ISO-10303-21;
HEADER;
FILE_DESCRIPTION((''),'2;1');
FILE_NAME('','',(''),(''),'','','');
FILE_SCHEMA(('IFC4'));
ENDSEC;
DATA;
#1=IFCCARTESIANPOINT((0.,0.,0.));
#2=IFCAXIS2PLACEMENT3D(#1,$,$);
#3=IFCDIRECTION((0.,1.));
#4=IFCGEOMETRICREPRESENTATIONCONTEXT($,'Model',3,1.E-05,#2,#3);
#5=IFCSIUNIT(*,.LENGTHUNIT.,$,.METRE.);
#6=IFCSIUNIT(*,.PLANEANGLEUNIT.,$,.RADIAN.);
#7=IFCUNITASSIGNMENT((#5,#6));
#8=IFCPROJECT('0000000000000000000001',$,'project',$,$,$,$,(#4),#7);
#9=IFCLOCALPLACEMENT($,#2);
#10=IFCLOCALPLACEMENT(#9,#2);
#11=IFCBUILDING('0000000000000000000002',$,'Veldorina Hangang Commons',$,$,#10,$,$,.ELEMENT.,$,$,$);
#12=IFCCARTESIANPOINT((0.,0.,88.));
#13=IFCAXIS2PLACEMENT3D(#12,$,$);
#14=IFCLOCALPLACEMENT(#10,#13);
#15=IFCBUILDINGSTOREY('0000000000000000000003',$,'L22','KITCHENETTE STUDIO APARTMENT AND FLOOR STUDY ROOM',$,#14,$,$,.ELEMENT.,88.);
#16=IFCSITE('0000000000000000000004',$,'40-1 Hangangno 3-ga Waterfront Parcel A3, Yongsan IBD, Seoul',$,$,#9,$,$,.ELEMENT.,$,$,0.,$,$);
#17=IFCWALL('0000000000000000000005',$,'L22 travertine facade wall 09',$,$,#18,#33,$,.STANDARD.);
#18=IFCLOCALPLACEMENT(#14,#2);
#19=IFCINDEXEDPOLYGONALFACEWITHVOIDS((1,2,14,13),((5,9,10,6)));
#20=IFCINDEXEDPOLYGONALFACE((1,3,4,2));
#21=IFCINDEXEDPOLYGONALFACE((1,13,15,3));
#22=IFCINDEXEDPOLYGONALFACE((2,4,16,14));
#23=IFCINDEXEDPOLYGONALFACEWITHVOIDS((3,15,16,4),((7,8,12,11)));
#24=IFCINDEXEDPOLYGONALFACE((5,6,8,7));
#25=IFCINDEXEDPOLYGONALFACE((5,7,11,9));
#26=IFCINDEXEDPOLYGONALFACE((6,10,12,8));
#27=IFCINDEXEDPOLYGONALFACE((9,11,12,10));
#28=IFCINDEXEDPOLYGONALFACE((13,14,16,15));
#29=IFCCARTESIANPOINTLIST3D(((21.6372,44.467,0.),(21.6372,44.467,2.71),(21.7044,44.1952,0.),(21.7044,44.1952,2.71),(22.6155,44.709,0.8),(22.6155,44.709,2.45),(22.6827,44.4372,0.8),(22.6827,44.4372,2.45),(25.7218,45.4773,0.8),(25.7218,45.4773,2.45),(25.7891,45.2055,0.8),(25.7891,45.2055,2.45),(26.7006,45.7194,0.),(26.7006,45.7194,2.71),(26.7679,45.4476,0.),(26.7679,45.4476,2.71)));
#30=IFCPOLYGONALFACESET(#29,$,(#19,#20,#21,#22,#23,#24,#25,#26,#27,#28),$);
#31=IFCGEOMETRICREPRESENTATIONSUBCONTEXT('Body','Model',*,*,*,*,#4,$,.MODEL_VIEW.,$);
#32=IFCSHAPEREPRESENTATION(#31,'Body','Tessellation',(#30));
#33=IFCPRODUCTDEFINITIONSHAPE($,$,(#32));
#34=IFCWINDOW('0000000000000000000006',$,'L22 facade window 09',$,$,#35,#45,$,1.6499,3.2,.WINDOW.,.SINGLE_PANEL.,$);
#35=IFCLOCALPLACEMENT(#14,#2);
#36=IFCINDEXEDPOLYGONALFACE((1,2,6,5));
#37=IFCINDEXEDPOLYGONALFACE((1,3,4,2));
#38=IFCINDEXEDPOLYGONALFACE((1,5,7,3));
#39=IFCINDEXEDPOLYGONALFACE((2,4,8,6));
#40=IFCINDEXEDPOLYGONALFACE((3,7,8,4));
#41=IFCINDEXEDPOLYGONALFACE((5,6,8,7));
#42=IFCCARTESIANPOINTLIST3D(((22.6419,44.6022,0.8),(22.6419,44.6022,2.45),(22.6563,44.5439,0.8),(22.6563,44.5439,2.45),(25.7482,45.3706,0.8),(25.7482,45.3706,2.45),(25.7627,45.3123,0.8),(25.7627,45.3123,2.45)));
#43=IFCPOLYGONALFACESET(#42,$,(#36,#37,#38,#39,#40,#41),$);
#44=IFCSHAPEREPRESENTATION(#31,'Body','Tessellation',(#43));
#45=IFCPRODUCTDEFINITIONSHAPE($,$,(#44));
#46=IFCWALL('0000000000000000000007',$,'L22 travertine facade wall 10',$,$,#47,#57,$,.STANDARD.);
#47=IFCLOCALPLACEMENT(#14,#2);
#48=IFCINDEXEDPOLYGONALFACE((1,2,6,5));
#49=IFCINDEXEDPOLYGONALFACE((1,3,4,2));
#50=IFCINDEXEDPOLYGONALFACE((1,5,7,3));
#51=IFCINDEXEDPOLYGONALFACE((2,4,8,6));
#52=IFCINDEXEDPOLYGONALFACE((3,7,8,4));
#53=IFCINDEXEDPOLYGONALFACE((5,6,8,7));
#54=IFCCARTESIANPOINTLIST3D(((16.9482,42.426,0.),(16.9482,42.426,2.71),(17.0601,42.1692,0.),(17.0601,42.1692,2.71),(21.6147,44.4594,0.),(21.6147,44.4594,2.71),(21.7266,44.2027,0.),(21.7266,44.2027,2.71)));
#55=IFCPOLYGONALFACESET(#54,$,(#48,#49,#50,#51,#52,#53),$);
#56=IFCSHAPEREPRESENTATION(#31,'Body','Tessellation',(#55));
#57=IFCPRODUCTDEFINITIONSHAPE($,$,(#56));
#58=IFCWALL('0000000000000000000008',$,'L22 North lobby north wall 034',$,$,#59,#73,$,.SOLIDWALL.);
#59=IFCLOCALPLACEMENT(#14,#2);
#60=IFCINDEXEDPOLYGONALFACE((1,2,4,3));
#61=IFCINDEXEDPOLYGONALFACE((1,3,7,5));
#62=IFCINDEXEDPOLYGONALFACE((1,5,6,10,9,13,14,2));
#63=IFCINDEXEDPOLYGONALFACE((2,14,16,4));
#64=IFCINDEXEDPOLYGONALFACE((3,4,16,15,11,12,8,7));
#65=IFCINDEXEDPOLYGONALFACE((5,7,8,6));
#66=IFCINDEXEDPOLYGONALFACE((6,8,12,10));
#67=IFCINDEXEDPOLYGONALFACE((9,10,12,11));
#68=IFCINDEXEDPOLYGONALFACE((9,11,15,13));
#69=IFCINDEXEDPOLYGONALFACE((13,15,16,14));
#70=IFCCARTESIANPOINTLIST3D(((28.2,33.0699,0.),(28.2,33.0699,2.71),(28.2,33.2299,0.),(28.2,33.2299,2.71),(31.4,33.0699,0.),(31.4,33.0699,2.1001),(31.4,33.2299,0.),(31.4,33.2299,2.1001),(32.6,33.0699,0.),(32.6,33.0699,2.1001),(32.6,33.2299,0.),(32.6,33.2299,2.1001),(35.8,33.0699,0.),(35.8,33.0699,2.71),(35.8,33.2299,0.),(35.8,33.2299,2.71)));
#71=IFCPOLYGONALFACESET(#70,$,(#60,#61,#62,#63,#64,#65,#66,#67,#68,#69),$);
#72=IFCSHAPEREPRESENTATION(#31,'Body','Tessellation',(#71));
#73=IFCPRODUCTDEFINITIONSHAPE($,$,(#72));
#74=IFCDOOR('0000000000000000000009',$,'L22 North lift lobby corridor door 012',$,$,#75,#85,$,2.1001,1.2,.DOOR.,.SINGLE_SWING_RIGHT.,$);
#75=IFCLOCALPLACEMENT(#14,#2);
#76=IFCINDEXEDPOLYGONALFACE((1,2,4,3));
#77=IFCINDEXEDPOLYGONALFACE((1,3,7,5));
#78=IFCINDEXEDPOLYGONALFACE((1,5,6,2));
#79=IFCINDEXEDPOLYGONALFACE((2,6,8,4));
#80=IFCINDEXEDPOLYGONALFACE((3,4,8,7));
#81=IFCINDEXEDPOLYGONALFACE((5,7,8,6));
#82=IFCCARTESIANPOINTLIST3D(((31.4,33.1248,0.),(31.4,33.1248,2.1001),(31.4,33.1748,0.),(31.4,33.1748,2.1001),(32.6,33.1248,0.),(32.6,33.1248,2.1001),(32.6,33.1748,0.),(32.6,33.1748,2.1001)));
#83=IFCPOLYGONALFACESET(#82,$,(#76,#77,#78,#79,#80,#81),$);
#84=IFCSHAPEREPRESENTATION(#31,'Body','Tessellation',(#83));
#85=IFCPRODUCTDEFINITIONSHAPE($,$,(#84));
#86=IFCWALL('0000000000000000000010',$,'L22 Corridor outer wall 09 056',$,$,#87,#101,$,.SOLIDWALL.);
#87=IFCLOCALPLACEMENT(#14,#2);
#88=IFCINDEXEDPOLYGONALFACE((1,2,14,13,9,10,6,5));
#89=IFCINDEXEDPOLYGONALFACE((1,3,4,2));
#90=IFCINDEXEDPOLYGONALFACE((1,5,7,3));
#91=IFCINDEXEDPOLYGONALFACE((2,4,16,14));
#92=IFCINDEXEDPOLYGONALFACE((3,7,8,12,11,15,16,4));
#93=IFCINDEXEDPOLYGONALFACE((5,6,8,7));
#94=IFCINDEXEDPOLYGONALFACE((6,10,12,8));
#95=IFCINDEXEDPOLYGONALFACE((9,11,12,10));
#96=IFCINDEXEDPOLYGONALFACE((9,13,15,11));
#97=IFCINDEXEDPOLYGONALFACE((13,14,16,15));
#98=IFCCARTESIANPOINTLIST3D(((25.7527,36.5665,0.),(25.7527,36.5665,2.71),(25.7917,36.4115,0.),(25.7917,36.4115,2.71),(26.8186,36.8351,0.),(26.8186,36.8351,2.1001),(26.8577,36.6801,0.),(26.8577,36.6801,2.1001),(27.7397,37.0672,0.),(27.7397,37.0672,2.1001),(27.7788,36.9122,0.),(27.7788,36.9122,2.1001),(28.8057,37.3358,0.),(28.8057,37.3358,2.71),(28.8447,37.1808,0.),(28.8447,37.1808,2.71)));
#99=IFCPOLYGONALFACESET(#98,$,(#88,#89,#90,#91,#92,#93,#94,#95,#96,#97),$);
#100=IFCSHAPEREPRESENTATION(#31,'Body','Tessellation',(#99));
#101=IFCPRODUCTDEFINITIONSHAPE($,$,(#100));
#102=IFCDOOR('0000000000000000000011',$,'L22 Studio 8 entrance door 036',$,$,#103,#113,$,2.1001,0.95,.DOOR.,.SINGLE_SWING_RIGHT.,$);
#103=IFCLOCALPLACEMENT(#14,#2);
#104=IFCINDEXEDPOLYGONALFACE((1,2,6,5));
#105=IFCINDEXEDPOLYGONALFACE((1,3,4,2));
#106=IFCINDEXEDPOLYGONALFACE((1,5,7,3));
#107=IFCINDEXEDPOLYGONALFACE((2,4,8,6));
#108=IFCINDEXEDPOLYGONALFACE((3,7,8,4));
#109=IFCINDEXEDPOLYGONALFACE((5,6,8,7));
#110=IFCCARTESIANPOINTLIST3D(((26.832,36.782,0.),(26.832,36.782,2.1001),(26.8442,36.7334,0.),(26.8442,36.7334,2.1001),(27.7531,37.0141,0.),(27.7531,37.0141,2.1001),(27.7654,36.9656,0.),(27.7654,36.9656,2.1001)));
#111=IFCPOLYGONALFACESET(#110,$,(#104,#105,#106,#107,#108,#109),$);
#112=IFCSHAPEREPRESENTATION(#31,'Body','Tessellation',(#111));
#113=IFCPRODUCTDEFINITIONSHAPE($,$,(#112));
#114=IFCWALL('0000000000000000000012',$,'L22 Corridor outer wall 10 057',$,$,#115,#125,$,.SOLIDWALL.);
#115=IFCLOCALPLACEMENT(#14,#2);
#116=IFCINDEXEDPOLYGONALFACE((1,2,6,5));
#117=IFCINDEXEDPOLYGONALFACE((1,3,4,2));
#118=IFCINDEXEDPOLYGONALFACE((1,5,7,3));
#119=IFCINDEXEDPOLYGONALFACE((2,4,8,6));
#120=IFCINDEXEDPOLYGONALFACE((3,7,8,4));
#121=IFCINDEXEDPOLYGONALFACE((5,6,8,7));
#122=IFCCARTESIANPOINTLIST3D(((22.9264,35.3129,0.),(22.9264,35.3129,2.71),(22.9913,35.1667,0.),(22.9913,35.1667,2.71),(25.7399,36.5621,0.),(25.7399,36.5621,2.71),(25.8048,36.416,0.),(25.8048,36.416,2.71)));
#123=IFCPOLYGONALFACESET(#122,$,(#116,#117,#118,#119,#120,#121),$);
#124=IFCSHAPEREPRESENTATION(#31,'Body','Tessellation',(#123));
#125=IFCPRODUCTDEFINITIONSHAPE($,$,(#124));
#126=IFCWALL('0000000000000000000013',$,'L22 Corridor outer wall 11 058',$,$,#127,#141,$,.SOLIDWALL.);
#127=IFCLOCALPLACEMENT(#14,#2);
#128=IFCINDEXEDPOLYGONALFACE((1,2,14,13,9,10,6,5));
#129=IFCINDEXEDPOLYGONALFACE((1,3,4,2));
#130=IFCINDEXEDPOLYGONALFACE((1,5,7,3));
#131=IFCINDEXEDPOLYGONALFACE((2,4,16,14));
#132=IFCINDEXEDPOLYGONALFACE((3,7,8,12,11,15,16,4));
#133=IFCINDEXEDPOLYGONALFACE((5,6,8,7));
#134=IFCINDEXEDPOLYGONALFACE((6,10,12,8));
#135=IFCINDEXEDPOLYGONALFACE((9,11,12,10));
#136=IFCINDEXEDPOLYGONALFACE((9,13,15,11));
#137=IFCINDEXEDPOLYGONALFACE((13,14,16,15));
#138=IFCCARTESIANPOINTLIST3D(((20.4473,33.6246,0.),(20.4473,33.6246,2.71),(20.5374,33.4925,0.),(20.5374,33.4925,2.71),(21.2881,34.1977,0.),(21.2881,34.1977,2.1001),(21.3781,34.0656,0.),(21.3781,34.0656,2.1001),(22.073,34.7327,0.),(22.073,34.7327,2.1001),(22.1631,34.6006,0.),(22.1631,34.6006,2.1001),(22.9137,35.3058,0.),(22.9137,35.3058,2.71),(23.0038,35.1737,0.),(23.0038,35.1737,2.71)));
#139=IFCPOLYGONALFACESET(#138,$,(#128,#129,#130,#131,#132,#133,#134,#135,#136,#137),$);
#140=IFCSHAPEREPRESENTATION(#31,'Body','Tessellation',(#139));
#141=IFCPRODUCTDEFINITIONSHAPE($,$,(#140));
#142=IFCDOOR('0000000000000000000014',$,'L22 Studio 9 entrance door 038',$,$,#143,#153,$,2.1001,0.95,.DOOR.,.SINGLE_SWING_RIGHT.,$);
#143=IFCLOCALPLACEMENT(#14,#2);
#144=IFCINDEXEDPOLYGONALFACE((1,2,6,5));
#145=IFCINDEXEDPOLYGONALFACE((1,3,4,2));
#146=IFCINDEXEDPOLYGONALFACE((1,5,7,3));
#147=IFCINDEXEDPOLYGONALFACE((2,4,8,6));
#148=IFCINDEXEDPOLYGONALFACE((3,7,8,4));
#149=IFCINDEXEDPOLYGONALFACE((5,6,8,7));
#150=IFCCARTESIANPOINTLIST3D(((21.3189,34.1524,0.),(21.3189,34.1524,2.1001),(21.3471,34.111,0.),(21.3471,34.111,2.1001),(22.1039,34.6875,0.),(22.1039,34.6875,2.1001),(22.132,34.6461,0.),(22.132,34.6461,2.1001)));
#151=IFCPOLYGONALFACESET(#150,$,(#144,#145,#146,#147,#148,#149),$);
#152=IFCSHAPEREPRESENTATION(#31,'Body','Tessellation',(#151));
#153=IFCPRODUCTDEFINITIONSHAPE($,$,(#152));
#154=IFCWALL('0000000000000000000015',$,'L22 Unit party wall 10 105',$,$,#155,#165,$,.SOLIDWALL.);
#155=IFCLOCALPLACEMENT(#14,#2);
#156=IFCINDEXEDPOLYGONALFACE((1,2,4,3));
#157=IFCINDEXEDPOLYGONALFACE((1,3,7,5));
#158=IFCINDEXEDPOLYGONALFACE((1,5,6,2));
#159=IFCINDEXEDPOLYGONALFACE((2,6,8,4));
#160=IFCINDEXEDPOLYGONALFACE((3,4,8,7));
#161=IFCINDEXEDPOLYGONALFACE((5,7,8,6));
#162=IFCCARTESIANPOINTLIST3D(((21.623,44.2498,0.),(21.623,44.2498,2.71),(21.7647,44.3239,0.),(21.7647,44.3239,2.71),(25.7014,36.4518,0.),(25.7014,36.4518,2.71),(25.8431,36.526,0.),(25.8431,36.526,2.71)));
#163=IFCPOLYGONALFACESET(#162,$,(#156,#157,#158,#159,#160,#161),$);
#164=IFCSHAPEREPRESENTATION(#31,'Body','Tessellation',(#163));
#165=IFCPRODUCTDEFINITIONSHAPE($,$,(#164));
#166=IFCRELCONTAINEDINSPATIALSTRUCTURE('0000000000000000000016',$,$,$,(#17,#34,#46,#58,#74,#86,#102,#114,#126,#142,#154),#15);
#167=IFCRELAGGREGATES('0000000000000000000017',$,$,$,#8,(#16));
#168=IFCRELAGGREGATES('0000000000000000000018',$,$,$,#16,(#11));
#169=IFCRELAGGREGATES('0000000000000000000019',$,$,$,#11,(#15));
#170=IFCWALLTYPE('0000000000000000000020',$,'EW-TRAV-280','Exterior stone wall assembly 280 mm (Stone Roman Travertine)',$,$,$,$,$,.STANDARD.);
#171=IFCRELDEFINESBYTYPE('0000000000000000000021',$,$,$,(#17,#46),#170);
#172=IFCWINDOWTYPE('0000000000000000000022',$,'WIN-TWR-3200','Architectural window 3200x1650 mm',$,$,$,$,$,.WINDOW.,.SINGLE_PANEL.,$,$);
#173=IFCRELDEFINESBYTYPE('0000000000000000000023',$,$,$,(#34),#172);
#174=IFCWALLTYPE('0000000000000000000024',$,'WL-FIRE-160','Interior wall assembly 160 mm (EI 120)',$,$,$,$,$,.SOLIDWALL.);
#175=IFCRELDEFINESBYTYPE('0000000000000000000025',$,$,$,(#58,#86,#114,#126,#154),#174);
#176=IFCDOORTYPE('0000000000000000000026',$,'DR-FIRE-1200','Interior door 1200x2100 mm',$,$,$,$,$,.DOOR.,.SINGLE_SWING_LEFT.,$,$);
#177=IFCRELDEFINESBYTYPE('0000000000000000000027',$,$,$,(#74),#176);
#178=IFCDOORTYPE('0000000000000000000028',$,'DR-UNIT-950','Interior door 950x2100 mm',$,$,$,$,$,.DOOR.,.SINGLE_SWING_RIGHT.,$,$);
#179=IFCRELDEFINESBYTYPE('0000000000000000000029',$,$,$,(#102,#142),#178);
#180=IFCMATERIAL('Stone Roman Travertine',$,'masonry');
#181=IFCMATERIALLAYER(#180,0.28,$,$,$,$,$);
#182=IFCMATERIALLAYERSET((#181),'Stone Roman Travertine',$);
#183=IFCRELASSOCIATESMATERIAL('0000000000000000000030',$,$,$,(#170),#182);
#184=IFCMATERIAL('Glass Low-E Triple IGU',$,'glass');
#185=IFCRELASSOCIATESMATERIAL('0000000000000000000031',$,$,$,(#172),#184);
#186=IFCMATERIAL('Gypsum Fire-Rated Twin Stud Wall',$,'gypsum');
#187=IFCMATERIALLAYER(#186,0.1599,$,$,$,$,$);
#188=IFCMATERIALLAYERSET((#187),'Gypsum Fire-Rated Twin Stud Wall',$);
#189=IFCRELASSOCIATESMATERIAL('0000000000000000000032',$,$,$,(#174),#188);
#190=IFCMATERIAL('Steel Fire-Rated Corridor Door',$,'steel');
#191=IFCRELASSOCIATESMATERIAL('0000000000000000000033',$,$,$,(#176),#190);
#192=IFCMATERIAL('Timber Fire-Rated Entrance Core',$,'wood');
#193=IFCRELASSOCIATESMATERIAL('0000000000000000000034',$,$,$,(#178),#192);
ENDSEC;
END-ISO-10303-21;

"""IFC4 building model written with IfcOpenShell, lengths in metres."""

from ifc_helpers import new_model, si_unit, direction, frame, frame_2d, origin, place, context, subcontext, project, spatial, rectangle, extrude, material, layer, layer_set, type_object, element, fill, save


model = new_model("IFC4")

# Units and contexts
model_context = context("Model", 3, precision=1e-05, world=origin(), true_north=direction((0.0, 1.0)))
body_context = subcontext(model_context, "Body", "Model", "MODEL_VIEW")
ifc_project = project(units=[si_unit("LENGTHUNIT", "METRE"), si_unit("PLANEANGLEUNIT", "RADIAN")], contexts=[model_context])

# Site, building, storey
site_placement = place(None, origin())
site = spatial("IfcSite", under=ifc_project, at=site_placement, Name="40-1 Hangangno 3-ga Waterfront Parcel A3, Yongsan IBD, Seoul", CompositionType="ELEMENT", RefElevation=0.0)
building_placement = place(site_placement, origin())
building = spatial("IfcBuilding", under=site, at=building_placement, Name="Veldorina Hangang Commons", CompositionType="ELEMENT")
storey_placement = place(building_placement, frame((0.0, 0.0, 88.0)))
storey = spatial("IfcBuildingStorey", under=building, at=storey_placement, Name="L22", Description="KITCHENETTE STUDIO APARTMENT AND FLOOR STUDY ROOM", CompositionType="ELEMENT", Elevation=88.0)

# Wall, opening, window
ifc_material_1 = material(Name="Stone Roman Travertine", Category="masonry")
ifc_layer_1 = layer(ifc_material_1, 0.28)
ifc_layer_set_1 = layer_set([ifc_layer_1], Name="Stone Roman Travertine")
wall_type_1 = type_object("IfcWallType", Name="EW-TRAV-280", Description="Exterior stone wall assembly 280 mm (Stone Roman Travertine)", PredefinedType="STANDARD", material=ifc_layer_set_1)
wall_1_placement = place(storey_placement, frame((26.7341, 45.5835, 0.0), z_axis=(0.0, 0.0, 1.0), x_axis=(-0.970745, -0.240112, 0.0)))
wall_1 = element("IfcWall", 1, at=wall_1_placement, inside=storey, type_object=wall_type_1, Name="L22 travertine facade wall 09", PredefinedType="STANDARD", context=body_context, shape_type="SweptSolid", body=[
    extrude(rectangle(XDim=5.2161, YDim=0.28, at=frame_2d((2.6079, 0.0))), origin(), (0.0, 0.0, 1.0), 2.71),
])
opening_1_placement = place(wall_1_placement, frame((1.0081, 0.0, 0.8)))
opening_1 = element("IfcOpeningElement", 2, at=opening_1_placement, cuts=wall_1, PredefinedType="OPENING", context=body_context, shape_type="SweptSolid", body=[
    extrude(rectangle(XDim=3.2, YDim=1.6499, at=frame_2d((1.6001, 0.825))), frame((0.0, 0.1499, 0.0), z_axis=(0.0, -1.0, 0.0), x_axis=(1.0, 0.0, 0.0)), (0.0, 0.0, 1.0), 0.3),
])
ifc_material_2 = material(Name="Glass Low-E Triple IGU", Category="glass")
window_type = type_object("IfcWindowType", Name="WIN-TWR-3200", Description="Architectural window 3200x1650 mm", PartitioningType="SINGLE_PANEL", PredefinedType="WINDOW", material=ifc_material_2)
window_placement = place(opening_1_placement, origin())
window = element("IfcWindow", 3, at=window_placement, inside=storey, type_object=window_type, Name="L22 facade window 09", OverallHeight=1.6499, OverallWidth=3.2, PartitioningType="SINGLE_PANEL", PredefinedType="WINDOW", context=body_context, shape_type="SweptSolid", body=[
    extrude(rectangle(XDim=3.2, YDim=1.6499, at=frame_2d((1.6001, 0.825))), frame((0.0, 0.03, 0.0), z_axis=(0.0, -1.0, 0.0), x_axis=(1.0, 0.0, 0.0)), (0.0, 0.0, 1.0), 0.0601),
])
fill(opening_1, window)

# Wall
wall_2_placement = place(storey_placement, frame((21.6707, 44.3311, 0.0), z_axis=(0.0, 0.0, 1.0), x_axis=(-0.916744, -0.399475, 0.0)))
element("IfcWall", 4, at=wall_2_placement, inside=storey, type_object=wall_type_1, Name="L22 travertine facade wall 10", PredefinedType="STANDARD", context=body_context, shape_type="SweptSolid", body=[
    extrude(rectangle(XDim=5.0903, YDim=0.28, at=frame_2d((2.5452, 0.0))), origin(), (0.0, 0.0, 1.0), 2.71),
])

# Walls, openings, doors
ifc_material_3 = material(Name="Gypsum Fire-Rated Twin Stud Wall", Category="gypsum")
ifc_layer_2 = layer(ifc_material_3, 0.1599)
ifc_layer_set_2 = layer_set([ifc_layer_2], Name="Gypsum Fire-Rated Twin Stud Wall")
wall_type_2 = type_object("IfcWallType", Name="WL-FIRE-160", Description="Interior wall assembly 160 mm (EI 120)", PredefinedType="SOLIDWALL", material=ifc_layer_set_2)
wall_3_placement = place(storey_placement, frame((28.2, 33.1499, 0.0), z_axis=(0.0, 0.0, 1.0), x_axis=(1.0, 0.0, 0.0)))
wall_3 = element("IfcWall", 5, at=wall_3_placement, inside=storey, type_object=wall_type_2, Name="L22 North lobby north wall 034", PredefinedType="SOLIDWALL", context=body_context, shape_type="SweptSolid", body=[
    extrude(rectangle(XDim=7.6001, YDim=0.1599, at=frame_2d((3.8, 0.0))), origin(), (0.0, 0.0, 1.0), 2.71),
])
opening_2_placement = place(wall_3_placement, frame((3.2, 0.0, 0.0)))
opening_2 = element("IfcOpeningElement", 6, at=opening_2_placement, cuts=wall_3, PredefinedType="OPENING", context=body_context, shape_type="SweptSolid", body=[
    extrude(rectangle(XDim=1.2, YDim=2.1001, at=frame_2d((0.6001, 1.05))), frame((0.0, 0.0898, 0.0), z_axis=(0.0, -1.0, 0.0), x_axis=(1.0, 0.0, 0.0)), (0.0, 0.0, 1.0), 0.1799),
])
ifc_material_4 = material(Name="Steel Fire-Rated Corridor Door", Category="steel")
door_type_1 = type_object("IfcDoorType", Name="DR-FIRE-1200", Description="Interior door 1200x2100 mm", OperationType="SINGLE_SWING_LEFT", PredefinedType="DOOR", material=ifc_material_4)
door_1_placement = place(opening_2_placement, origin())
door_1 = element("IfcDoor", 7, at=door_1_placement, inside=storey, type_object=door_type_1, Name="L22 North lift lobby corridor door 012", OperationType="SINGLE_SWING_RIGHT", OverallHeight=2.1001, OverallWidth=1.2, PredefinedType="DOOR", context=body_context, shape_type="SweptSolid", body=[
    extrude(rectangle(XDim=1.2, YDim=2.1001, at=frame_2d((0.6001, 1.05))), frame((0.0, 0.0249, 0.0), z_axis=(0.0, -1.0, 0.0), x_axis=(1.0, 0.0, 0.0)), (0.0, 0.0, 1.0), 0.05),
])
fill(opening_2, door_1)
wall_4_placement = place(storey_placement, frame((28.8252, 37.2583, 0.0), z_axis=(0.0, 0.0, 1.0), x_axis=(-0.969689, -0.244342, 0.0)))
wall_4 = element("IfcWall", 8, at=wall_4_placement, inside=storey, type_object=wall_type_2, Name="L22 Corridor outer wall 09 056", PredefinedType="SOLIDWALL", context=body_context, shape_type="SweptSolid", body=[
    extrude(rectangle(XDim=3.1484, YDim=0.1599, at=frame_2d((1.5742, 0.0))), origin(), (0.0, 0.0, 1.0), 2.71),
])
opening_3_placement = place(wall_4_placement, frame((1.0991, 0.0, 0.0)))
opening_3 = element("IfcOpeningElement", 9, at=opening_3_placement, cuts=wall_4, PredefinedType="OPENING", context=body_context, shape_type="SweptSolid", body=[
    extrude(rectangle(XDim=0.95, YDim=2.1001, at=frame_2d((0.4751, 1.05))), frame((0.0, 0.0898, 0.0), z_axis=(0.0, -1.0, 0.0), x_axis=(1.0, 0.0, 0.0)), (0.0, 0.0, 1.0), 0.1799),
])
ifc_material_5 = material(Name="Timber Fire-Rated Entrance Core", Category="wood")
door_type_2 = type_object("IfcDoorType", Name="DR-UNIT-950", Description="Interior door 950x2100 mm", OperationType="SINGLE_SWING_RIGHT", PredefinedType="DOOR", material=ifc_material_5)
door_2_placement = place(opening_3_placement, origin())
door_2 = element("IfcDoor", 10, at=door_2_placement, inside=storey, type_object=door_type_2, Name="L22 Studio 8 entrance door 036", OperationType="SINGLE_SWING_RIGHT", OverallHeight=2.1001, OverallWidth=0.95, PredefinedType="DOOR", context=body_context, shape_type="SweptSolid", body=[
    extrude(rectangle(XDim=0.95, YDim=2.1001, at=frame_2d((0.4751, 1.05))), frame((0.0, 0.0249, 0.0), z_axis=(0.0, -1.0, 0.0), x_axis=(1.0, 0.0, 0.0)), (0.0, 0.0, 1.0), 0.05),
])
fill(opening_3, door_2)

# Wall
wall_5_placement = place(storey_placement, frame((25.7722, 36.489, 0.0), z_axis=(0.0, 0.0, 1.0), x_axis=(-0.913952, -0.405822, 0.0)))
element("IfcWall", 11, at=wall_5_placement, inside=storey, type_object=wall_type_2, Name="L22 Corridor outer wall 10 057", PredefinedType="SOLIDWALL", context=body_context, shape_type="SweptSolid", body=[
    extrude(rectangle(XDim=3.0784, YDim=0.1599, at=frame_2d((1.5391, 0.0))), origin(), (0.0, 0.0, 1.0), 2.71),
])

# Wall, opening, door
wall_6_placement = place(storey_placement, frame((22.9587, 35.2397, 0.0), z_axis=(0.0, 0.0, 1.0), x_axis=(-0.826293, -0.56324, 0.0)))
wall_6 = element("IfcWall", 12, at=wall_6_placement, inside=storey, type_object=wall_type_2, Name="L22 Corridor outer wall 11 058", PredefinedType="SOLIDWALL", context=body_context, shape_type="SweptSolid", body=[
    extrude(rectangle(XDim=2.9849, YDim=0.1599, at=frame_2d((1.4924, 0.0))), origin(), (0.0, 0.0, 1.0), 2.71),
])
opening_4_placement = place(wall_6_placement, frame((1.0173, 0.0, 0.0)))
opening_4 = element("IfcOpeningElement", 13, at=opening_4_placement, cuts=wall_6, PredefinedType="OPENING", context=body_context, shape_type="SweptSolid", body=[
    extrude(rectangle(XDim=0.95, YDim=2.1001, at=frame_2d((0.4751, 1.05))), frame((0.0, 0.0898, 0.0), z_axis=(0.0, -1.0, 0.0), x_axis=(1.0, 0.0, 0.0)), (0.0, 0.0, 1.0), 0.1799),
])
door_3_placement = place(opening_4_placement, origin())
door_3 = element("IfcDoor", 14, at=door_3_placement, inside=storey, type_object=door_type_2, Name="L22 Studio 9 entrance door 038", OperationType="SINGLE_SWING_RIGHT", OverallHeight=2.1001, OverallWidth=0.95, PredefinedType="DOOR", context=body_context, shape_type="SweptSolid", body=[
    extrude(rectangle(XDim=0.95, YDim=2.1001, at=frame_2d((0.4751, 1.05))), frame((0.0, 0.0249, 0.0), z_axis=(0.0, -1.0, 0.0), x_axis=(1.0, 0.0, 0.0)), (0.0, 0.0, 1.0), 0.05),
])
fill(opening_4, door_3)

# Wall
wall_7_placement = place(storey_placement, frame((25.7722, 36.489, 0.0), z_axis=(0.0, 0.0, 1.0), x_axis=(-0.463452, 0.886122, 0.0)))
element("IfcWall", 15, at=wall_7_placement, inside=storey, type_object=wall_type_2, Name="L22 Unit party wall 10 105", PredefinedType="SOLIDWALL", context=body_context, shape_type="SweptSolid", body=[
    extrude(rectangle(XDim=8.8, YDim=0.1599, at=frame_2d((4.3999, 0.0))), origin(), (0.0, 0.0, 1.0), 2.71),
])

save(model, "model.ifc")
